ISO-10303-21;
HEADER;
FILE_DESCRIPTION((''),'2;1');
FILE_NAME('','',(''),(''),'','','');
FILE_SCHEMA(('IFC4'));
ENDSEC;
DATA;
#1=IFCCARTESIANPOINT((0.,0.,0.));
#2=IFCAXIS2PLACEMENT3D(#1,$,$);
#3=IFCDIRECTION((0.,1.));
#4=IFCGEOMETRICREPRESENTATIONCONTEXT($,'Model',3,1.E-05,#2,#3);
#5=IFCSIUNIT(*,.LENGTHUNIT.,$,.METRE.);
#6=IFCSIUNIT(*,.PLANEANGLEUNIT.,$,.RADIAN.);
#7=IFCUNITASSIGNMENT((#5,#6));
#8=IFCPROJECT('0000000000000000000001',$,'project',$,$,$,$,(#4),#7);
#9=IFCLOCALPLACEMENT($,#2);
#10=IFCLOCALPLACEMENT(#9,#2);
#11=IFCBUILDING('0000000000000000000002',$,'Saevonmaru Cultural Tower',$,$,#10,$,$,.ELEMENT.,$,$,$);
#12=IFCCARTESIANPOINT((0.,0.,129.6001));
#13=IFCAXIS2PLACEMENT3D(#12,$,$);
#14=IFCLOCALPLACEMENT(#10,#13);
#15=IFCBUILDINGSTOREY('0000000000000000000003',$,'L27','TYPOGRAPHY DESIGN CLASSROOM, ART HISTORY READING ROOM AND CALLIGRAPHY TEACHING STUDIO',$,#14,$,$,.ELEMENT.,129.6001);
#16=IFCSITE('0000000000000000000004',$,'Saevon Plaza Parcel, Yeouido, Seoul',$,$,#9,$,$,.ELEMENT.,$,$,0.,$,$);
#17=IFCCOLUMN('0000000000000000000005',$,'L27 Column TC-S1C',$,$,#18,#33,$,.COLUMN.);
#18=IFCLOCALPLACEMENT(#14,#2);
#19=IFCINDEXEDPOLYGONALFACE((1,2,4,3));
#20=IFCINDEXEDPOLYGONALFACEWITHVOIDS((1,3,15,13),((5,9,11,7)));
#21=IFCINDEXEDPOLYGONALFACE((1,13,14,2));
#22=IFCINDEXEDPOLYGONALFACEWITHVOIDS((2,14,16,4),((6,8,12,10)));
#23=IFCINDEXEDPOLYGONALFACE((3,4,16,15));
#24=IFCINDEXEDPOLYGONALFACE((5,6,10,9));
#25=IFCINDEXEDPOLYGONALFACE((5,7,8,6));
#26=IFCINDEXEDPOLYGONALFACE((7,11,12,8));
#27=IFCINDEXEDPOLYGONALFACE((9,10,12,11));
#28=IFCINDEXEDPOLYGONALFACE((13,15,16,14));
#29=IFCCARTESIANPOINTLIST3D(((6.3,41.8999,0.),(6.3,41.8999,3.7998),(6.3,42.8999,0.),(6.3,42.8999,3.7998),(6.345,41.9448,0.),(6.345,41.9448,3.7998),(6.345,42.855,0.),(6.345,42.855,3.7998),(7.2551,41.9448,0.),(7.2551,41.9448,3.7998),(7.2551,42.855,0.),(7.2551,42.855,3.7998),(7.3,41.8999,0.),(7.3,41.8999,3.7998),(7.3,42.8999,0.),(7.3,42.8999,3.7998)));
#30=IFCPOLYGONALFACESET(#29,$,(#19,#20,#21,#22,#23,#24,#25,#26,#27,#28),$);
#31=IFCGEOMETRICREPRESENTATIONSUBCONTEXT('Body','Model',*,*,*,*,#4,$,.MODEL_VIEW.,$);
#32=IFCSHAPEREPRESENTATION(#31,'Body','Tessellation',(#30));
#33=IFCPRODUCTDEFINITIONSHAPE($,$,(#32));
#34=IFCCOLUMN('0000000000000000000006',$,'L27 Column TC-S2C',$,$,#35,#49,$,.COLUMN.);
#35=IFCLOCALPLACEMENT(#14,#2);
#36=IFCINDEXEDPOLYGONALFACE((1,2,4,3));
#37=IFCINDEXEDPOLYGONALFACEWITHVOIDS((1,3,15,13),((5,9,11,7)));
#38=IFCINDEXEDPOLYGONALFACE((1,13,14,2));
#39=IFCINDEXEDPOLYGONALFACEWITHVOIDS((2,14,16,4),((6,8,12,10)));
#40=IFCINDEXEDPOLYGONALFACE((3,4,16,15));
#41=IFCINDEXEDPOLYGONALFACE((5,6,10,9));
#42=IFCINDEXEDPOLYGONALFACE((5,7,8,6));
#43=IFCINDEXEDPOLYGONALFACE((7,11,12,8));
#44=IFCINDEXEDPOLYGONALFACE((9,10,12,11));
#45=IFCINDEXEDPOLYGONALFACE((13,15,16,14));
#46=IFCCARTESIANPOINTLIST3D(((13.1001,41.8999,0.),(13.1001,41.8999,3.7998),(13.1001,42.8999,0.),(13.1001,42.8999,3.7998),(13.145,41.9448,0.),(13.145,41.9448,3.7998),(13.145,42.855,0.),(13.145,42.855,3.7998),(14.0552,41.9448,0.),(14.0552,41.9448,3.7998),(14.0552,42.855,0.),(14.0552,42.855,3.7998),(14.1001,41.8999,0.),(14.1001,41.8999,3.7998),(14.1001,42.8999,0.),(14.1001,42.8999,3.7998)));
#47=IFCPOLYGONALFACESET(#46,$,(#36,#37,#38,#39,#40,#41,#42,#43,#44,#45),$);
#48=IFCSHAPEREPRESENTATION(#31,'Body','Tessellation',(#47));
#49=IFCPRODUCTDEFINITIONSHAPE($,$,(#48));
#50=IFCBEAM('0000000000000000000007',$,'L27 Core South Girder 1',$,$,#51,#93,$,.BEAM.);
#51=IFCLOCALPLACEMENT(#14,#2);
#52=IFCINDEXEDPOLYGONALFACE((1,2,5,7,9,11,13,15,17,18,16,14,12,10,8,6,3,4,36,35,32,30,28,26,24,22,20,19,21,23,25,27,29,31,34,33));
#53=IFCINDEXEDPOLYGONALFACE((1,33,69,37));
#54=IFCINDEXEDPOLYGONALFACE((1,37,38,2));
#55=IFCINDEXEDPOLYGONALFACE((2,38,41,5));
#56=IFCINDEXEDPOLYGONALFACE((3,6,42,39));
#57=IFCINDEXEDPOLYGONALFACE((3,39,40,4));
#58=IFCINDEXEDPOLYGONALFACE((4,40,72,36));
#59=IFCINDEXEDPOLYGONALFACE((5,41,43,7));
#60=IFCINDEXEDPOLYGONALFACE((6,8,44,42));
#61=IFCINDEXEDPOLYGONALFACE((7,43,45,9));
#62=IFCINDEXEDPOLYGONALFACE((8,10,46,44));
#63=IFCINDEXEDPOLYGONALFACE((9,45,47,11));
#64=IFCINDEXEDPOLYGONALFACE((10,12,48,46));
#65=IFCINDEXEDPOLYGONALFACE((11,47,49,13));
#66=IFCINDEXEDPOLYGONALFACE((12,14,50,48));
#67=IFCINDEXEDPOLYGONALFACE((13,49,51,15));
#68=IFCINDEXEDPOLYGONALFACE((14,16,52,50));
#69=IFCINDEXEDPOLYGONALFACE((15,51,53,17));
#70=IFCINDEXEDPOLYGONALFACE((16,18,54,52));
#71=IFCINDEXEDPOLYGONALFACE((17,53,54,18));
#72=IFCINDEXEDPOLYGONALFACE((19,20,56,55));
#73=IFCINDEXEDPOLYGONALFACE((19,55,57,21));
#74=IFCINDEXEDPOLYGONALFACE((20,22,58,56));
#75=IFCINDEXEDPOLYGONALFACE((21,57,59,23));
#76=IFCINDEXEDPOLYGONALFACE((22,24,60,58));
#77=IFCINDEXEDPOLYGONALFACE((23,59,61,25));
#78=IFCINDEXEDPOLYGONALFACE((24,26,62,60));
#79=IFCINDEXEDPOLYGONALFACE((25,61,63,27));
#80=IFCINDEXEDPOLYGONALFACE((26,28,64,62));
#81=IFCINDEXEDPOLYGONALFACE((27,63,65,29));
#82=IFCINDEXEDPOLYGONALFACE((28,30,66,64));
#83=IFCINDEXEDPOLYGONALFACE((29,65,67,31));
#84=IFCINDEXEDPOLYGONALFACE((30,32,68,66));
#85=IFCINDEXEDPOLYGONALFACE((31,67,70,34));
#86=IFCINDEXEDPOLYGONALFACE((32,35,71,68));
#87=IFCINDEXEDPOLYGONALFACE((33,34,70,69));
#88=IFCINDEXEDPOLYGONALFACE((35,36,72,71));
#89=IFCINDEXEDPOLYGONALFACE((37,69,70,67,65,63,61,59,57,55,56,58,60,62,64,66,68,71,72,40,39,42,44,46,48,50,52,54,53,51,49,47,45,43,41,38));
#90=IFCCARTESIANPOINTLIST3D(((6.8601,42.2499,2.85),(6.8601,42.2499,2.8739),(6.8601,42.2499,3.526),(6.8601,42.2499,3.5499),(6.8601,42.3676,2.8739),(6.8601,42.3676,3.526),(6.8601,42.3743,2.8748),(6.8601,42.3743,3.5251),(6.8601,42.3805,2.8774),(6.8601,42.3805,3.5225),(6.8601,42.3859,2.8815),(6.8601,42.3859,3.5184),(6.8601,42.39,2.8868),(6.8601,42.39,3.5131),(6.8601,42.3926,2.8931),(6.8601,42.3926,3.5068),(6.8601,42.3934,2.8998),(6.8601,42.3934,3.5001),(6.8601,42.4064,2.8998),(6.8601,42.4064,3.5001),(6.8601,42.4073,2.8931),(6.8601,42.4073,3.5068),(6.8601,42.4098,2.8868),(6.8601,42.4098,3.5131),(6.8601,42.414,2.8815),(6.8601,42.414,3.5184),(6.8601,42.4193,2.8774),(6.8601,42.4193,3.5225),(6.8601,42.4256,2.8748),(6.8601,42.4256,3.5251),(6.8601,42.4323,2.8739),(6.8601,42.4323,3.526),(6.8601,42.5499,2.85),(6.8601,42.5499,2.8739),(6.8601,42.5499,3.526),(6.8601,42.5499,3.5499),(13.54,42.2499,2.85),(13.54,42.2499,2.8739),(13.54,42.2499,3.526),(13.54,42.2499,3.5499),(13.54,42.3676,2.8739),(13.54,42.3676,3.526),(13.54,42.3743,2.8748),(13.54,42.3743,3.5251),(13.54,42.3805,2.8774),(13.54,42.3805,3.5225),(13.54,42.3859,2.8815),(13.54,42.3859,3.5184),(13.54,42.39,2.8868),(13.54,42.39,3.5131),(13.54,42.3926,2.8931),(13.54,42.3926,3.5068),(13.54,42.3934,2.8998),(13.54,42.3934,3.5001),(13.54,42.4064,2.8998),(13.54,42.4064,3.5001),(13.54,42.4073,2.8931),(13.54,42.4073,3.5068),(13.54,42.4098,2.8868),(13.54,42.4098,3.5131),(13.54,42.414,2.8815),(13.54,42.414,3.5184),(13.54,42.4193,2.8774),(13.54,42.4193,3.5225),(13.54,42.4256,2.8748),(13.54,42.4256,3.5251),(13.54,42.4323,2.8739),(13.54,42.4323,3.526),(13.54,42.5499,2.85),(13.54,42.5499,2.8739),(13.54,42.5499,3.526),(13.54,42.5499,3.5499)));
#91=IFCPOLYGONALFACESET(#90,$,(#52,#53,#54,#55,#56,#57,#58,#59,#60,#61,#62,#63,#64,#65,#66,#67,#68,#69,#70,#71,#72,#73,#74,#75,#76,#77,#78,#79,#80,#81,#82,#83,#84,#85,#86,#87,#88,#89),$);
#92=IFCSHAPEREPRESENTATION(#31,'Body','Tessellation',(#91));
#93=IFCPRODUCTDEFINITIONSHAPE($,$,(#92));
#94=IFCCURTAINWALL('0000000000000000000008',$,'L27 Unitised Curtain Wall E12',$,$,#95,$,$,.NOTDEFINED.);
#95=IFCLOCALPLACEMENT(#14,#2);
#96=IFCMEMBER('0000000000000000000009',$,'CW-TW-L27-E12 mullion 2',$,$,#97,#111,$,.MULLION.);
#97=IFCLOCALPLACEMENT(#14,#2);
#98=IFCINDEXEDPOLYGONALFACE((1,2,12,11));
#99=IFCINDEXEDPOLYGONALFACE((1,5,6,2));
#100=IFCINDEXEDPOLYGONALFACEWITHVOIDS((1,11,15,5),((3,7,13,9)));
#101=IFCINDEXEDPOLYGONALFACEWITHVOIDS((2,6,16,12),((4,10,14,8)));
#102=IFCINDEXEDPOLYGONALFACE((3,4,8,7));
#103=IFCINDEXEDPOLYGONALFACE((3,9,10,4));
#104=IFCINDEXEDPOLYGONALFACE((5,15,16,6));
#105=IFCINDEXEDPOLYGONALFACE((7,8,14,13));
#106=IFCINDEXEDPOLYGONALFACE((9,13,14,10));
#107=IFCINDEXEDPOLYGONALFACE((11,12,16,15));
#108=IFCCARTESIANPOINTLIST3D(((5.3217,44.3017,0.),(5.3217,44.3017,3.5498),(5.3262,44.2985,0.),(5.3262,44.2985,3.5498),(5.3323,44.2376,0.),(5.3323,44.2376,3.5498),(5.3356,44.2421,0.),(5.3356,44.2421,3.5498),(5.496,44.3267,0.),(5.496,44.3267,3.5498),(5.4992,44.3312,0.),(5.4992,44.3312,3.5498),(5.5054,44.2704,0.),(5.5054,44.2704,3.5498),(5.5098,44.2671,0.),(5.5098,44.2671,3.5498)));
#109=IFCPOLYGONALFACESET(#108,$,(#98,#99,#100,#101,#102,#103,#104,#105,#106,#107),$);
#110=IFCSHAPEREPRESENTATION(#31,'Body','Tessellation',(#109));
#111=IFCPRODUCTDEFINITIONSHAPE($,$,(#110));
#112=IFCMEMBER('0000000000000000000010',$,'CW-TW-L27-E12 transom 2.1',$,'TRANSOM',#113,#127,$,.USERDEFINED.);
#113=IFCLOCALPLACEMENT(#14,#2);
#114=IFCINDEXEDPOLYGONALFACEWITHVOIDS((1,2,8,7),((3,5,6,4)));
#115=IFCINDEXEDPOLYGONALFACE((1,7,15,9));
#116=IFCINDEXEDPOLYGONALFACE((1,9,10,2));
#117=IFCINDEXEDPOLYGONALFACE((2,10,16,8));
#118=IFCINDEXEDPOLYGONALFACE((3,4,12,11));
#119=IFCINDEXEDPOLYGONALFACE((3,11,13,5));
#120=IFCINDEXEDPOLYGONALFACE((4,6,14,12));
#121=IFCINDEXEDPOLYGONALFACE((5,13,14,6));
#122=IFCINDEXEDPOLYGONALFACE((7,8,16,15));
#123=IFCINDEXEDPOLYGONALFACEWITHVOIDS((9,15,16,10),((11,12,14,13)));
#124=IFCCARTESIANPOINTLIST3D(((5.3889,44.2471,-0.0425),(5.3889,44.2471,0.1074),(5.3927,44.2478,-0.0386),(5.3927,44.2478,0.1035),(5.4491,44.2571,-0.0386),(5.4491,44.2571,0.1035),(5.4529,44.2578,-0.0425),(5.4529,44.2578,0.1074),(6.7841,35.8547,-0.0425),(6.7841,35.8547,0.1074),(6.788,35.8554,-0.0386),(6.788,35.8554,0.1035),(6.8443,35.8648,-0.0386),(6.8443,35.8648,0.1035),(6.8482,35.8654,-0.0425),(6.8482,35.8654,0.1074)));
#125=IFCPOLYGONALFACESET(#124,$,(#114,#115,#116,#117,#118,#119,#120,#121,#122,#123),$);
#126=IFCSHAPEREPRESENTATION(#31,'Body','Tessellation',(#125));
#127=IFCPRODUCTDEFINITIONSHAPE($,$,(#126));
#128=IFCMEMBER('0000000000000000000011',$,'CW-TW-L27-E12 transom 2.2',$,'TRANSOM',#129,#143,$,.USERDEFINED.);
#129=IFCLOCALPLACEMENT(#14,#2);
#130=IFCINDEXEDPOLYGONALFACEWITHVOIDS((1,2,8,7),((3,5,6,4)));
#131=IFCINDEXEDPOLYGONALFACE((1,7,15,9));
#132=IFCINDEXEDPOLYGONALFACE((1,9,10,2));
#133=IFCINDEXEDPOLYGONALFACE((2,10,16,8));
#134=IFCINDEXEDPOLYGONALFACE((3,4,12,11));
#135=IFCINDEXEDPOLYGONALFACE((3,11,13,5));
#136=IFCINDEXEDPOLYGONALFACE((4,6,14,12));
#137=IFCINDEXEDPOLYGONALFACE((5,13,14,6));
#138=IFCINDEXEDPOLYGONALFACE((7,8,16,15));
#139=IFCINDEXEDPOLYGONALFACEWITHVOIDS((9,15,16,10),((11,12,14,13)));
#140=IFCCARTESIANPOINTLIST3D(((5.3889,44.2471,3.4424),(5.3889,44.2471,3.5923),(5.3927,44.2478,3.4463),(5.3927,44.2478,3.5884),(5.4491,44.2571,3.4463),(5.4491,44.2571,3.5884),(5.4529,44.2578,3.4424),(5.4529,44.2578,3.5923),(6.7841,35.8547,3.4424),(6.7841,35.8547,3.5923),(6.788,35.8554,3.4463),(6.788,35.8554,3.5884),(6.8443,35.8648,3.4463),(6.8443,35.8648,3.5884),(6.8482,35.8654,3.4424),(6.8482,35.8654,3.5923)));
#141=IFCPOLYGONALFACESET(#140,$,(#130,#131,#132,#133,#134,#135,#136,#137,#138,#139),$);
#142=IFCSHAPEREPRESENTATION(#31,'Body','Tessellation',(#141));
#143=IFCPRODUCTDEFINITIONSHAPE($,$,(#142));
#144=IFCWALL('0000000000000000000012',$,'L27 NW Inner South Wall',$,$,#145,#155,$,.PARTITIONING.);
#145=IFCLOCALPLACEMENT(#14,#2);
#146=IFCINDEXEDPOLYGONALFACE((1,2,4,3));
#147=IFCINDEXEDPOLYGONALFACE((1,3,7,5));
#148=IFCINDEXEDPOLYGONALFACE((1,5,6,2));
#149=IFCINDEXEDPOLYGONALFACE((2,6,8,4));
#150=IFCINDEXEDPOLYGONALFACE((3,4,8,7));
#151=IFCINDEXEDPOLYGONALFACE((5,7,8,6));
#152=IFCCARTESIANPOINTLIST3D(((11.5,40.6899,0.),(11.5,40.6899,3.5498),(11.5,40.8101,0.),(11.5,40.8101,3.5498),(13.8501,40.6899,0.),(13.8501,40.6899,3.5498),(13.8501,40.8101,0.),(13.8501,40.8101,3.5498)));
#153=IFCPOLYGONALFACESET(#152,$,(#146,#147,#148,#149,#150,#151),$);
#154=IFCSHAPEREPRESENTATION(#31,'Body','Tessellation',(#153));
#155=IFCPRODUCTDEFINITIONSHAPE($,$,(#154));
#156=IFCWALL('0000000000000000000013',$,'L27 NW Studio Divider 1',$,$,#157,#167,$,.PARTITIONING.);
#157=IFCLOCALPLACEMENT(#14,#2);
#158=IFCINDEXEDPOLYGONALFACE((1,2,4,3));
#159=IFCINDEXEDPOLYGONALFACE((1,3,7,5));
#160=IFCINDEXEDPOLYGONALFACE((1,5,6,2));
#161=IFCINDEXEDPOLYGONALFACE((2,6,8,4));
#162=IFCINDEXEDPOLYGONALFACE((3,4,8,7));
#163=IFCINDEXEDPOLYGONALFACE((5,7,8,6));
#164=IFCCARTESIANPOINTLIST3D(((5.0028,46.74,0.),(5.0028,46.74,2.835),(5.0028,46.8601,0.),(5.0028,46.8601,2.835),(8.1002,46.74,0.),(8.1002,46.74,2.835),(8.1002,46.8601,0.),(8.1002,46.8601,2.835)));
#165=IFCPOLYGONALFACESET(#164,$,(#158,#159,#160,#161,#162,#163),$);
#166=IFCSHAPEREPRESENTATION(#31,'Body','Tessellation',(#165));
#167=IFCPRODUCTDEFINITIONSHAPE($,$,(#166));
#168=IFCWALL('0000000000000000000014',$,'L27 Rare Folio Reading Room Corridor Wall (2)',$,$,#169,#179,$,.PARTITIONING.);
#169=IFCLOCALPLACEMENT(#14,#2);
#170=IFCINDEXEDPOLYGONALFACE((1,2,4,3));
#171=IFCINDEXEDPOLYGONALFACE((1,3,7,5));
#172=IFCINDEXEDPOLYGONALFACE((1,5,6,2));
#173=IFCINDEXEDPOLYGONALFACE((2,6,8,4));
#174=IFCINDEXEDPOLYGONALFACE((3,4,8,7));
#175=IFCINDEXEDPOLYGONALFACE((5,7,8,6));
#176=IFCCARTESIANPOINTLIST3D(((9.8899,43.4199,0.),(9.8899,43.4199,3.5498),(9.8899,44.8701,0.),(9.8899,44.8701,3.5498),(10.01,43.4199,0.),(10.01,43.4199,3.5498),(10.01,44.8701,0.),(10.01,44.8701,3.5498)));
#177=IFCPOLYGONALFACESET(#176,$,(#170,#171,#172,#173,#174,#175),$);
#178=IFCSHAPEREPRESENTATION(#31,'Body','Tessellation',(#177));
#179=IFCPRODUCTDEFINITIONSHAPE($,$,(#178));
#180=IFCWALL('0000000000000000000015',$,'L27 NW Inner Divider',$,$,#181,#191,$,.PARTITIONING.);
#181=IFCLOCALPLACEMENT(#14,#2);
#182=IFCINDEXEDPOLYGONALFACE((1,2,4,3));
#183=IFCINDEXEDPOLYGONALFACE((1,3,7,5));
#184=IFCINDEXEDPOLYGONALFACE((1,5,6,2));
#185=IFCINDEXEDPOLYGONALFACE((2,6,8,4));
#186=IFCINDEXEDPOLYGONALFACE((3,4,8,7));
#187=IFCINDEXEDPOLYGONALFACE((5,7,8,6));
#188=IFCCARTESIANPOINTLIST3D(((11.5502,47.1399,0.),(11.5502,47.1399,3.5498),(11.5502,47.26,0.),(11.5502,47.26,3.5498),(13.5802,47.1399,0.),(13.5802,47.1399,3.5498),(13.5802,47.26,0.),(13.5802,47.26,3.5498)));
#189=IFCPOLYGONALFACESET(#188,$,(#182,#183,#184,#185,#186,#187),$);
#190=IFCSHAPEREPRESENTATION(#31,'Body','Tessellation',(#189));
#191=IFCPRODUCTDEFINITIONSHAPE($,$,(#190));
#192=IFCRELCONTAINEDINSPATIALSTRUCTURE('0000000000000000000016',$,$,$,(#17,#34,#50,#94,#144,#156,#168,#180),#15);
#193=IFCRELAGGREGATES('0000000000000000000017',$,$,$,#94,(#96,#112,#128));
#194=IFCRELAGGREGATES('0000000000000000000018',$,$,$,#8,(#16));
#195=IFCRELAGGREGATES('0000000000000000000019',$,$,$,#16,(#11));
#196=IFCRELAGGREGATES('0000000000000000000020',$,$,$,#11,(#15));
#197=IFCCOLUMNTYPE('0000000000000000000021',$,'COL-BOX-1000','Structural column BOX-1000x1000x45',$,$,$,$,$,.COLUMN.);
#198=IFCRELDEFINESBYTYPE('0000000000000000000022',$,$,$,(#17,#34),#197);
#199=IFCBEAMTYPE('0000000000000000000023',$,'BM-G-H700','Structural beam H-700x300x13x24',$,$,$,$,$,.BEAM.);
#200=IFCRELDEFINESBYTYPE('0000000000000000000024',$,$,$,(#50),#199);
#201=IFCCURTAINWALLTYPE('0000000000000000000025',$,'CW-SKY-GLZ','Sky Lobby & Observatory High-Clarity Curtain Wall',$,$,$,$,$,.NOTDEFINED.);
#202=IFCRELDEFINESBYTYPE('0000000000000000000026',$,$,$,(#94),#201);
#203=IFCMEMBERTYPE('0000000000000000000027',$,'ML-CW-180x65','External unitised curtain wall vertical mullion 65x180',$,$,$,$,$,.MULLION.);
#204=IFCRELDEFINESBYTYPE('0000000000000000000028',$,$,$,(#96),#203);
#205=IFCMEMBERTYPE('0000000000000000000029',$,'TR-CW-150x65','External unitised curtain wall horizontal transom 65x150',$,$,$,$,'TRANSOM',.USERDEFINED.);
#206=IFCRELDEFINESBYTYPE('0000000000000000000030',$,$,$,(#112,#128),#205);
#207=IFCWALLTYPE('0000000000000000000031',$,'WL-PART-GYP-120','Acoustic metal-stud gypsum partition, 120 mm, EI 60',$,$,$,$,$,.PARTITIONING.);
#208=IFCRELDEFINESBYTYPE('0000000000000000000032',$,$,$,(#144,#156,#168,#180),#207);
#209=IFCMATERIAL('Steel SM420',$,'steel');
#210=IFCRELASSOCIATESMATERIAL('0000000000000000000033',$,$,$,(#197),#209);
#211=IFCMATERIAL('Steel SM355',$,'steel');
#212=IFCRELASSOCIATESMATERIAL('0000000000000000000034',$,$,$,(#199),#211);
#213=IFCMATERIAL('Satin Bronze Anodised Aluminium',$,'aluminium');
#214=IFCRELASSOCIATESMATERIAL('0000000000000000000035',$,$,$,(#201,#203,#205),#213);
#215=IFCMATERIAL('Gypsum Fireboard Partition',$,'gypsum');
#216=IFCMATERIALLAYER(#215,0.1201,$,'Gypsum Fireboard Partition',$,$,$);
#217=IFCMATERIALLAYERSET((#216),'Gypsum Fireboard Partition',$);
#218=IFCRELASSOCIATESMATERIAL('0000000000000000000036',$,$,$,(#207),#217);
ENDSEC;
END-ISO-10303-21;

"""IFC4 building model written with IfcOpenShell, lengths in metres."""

from ifc_helpers import new_model, si_unit, direction, frame, frame_2d, origin, origin_2d, place, context, subcontext, project, spatial, rectangle, hollow_rectangle, i_section, extrude, material, layer, layer_set, material_profile, profile_set, type_object, element, aggregate, save


model = new_model("IFC4")

# Units and contexts
model_context = context("Model", 3, precision=1e-05, world=origin(), true_north=direction((0.0, 1.0)))
body_context = subcontext(model_context, "Body", "Model", "MODEL_VIEW")
ifc_project = project(units=[si_unit("LENGTHUNIT", "METRE"), si_unit("PLANEANGLEUNIT", "RADIAN")], contexts=[model_context])

# Site, building, storey
site_placement = place(None, origin())
site = spatial("IfcSite", under=ifc_project, at=site_placement, Name="Saevon Plaza Parcel, Yeouido, Seoul", CompositionType="ELEMENT", RefElevation=0.0)
building_placement = place(site_placement, origin())
building = spatial("IfcBuilding", under=site, at=building_placement, Name="Saevonmaru Cultural Tower", CompositionType="ELEMENT")
storey_placement = place(building_placement, frame((0.0, 0.0, 129.6001)))
storey = spatial("IfcBuildingStorey", under=building, at=storey_placement, Name="L27", Description="TYPOGRAPHY DESIGN CLASSROOM, ART HISTORY READING ROOM AND CALLIGRAPHY TEACHING STUDIO", CompositionType="ELEMENT", Elevation=129.6001)

# Columns
ifc_material_1 = material(Name="Steel SM420", Category="steel")
ifc_material_profile_1 = material_profile(ifc_material_1, hollow_rectangle(XDim=1.0, YDim=1.0, WallThickness=0.0449, at=origin_2d()), Name="BOX-1000x1000x45")
ifc_profile_set_1 = profile_set([ifc_material_profile_1], Name="Steel SM420")
column_type = type_object("IfcColumnType", Name="COL-BOX-1000", Description="Structural column BOX-1000x1000x45", PredefinedType="COLUMN", material=ifc_profile_set_1)
for number, where, z_axis, x_axis, name in (
    (1, (6.8, 42.3999, 0.0), (0.0, 0.0, 1.0), (1.0, 0.0, 0.0), "L27 Column TC-S1C"),
    (2, (13.6001, 42.3999, 0.0), (0.0, 0.0, 1.0), (1.0, 0.0, 0.0), "L27 Column TC-S2C"),
):
    element("IfcColumn", number, at=place(storey_placement, frame(where, z_axis=z_axis, x_axis=x_axis)), inside=storey, type_object=column_type, Name=name, PredefinedType="COLUMN", context=body_context, shape_type="SweptSolid", body=[
        extrude(hollow_rectangle(XDim=1.0, YDim=1.0, WallThickness=0.0449, at=origin_2d()), origin(), (0.0, 0.0, 1.0), 3.7998),
    ])

# Beam
ifc_material_2 = material(Name="Steel SM355", Category="steel")
ifc_material_profile_2 = material_profile(ifc_material_2, i_section(OverallWidth=0.3, OverallDepth=0.7, WebThickness=0.0129, FlangeThickness=0.0239, FilletRadius=0.0259, at=origin_2d()), Name="H-700x300x13x24")
ifc_profile_set_2 = profile_set([ifc_material_profile_2], Name="Steel SM355")
beam_type = type_object("IfcBeamType", Name="BM-G-H700", Description="Structural beam H-700x300x13x24", PredefinedType="BEAM", material=ifc_profile_set_2)
beam_placement = place(storey_placement, frame((6.8601, 42.3999, 3.2), z_axis=(1.0, 0.0, 0.0), x_axis=(0.0, 1.0, 0.0)))
element("IfcBeam", 3, at=beam_placement, inside=storey, type_object=beam_type, Name="L27 Core South Girder 1", PredefinedType="BEAM", context=body_context, shape_type="SweptSolid", body=[
    extrude(i_section(OverallWidth=0.3, OverallDepth=0.7, WebThickness=0.0129, FlangeThickness=0.0239, FilletRadius=0.0259, at=origin_2d()), origin(), (0.0, 0.0, 1.0), 6.6799),
])

# Curtain wall, members
ifc_material_3 = material(Name="Satin Bronze Anodised Aluminium", Category="aluminium")
curtain_wall_type = type_object("IfcCurtainWallType", Name="CW-SKY-GLZ", Description="Sky Lobby & Observatory High-Clarity Curtain Wall", PredefinedType="NOTDEFINED", material=ifc_material_3)
curtain_wall_placement = place(storey_placement, origin())
curtain_wall = element("IfcCurtainWall", 4, at=curtain_wall_placement, inside=storey, type_object=curtain_wall_type, Name="L27 Unitised Curtain Wall E12", PredefinedType="NOTDEFINED")
ifc_material_profile_3 = material_profile(ifc_material_3, hollow_rectangle(XDim=0.0649, YDim=0.1799, WallThickness=0.0039, at=origin_2d()), Name="ALU-MULL-180x65x4")
ifc_profile_set_3 = profile_set([ifc_material_profile_3], Name="Satin Bronze Anodised Aluminium")
member_type_1 = type_object("IfcMemberType", Name="ML-CW-180x65", Description="External unitised curtain wall vertical mullion 65x180", PredefinedType="MULLION", material=ifc_profile_set_3)
member_1_placement = place(storey_placement, frame((5.4158, 44.2844, 0.0), z_axis=(0.0, 0.0, 1.0), x_axis=(0.163999, -0.986461, 0.0)))
member_1 = element("IfcMember", 5, at=member_1_placement, type_object=member_type_1, Name="CW-TW-L27-E12 mullion 2", PredefinedType="MULLION", context=body_context, shape_type="SweptSolid", body=[
    extrude(hollow_rectangle(XDim=0.0649, YDim=0.1799, WallThickness=0.0039, at=origin_2d()), origin(), (0.0, 0.0, 1.0), 3.5498),
])
ifc_material_profile_4 = material_profile(ifc_material_3, hollow_rectangle(XDim=0.0649, YDim=0.1499, WallThickness=0.0039, at=origin_2d()), Name="ALU-TRAN-150x65x4")
ifc_profile_set_4 = profile_set([ifc_material_profile_4], Name="Satin Bronze Anodised Aluminium")
member_type_2 = type_object("IfcMemberType", Name="TR-CW-150x65", Description="External unitised curtain wall horizontal transom 65x150", ElementType="TRANSOM", PredefinedType="USERDEFINED", material=ifc_profile_set_4)
member_2_placement = place(storey_placement, frame((5.4209, 44.2524, 0.0325), z_axis=(0.164003, -0.98646, 0.0), x_axis=(0.98646, 0.164003, 0.0)))
member_2 = element("IfcMember", 6, at=member_2_placement, type_object=member_type_2, Name="CW-TW-L27-E12 transom 2.1", ObjectType="TRANSOM", PredefinedType="USERDEFINED", context=body_context, shape_type="SweptSolid", body=[
    extrude(hollow_rectangle(XDim=0.0649, YDim=0.1499, WallThickness=0.0039, at=origin_2d()), origin(), (0.0, 0.0, 1.0), 8.5076),
])
member_3_placement = place(storey_placement, frame((5.4209, 44.2524, 3.5173), z_axis=(0.164003, -0.98646, 0.0), x_axis=(0.98646, 0.164003, 0.0)))
member_3 = element("IfcMember", 7, at=member_3_placement, type_object=member_type_2, Name="CW-TW-L27-E12 transom 2.2", ObjectType="TRANSOM", PredefinedType="USERDEFINED", context=body_context, shape_type="SweptSolid", body=[
    extrude(hollow_rectangle(XDim=0.0649, YDim=0.1499, WallThickness=0.0039, at=origin_2d()), origin(), (0.0, 0.0, 1.0), 8.5076),
])
aggregate(curtain_wall, [member_1, member_2, member_3])

# Walls
ifc_material_4 = material(Name="Gypsum Fireboard Partition", Category="gypsum")
ifc_layer_1 = layer(ifc_material_4, 0.1201, Name="Gypsum Fireboard Partition")
ifc_layer_set_1 = layer_set([ifc_layer_1], Name="Gypsum Fireboard Partition")
wall_type_1 = type_object("IfcWallType", Name="WL-PART-GYP-120", Description="Acoustic metal-stud gypsum partition, 120 mm, EI 60", PredefinedType="PARTITIONING", material=ifc_layer_set_1)
wall_1_placement = place(storey_placement, frame((11.5, 40.75, 0.0), z_axis=(0.0, 0.0, 1.0), x_axis=(1.0, 0.0, 0.0)))
element("IfcWall", 8, at=wall_1_placement, inside=storey, type_object=wall_type_1, Name="L27 NW Inner South Wall", PredefinedType="PARTITIONING", context=body_context, shape_type="SweptSolid", body=[
    extrude(rectangle(XDim=2.3501, YDim=0.1201, at=frame_2d((1.175, 0.0))), origin(), (0.0, 0.0, 1.0), 3.5498),
])
wall_2_placement = place(storey_placement, frame((5.0027, 46.8, 0.0), z_axis=(0.0, 0.0, 1.0), x_axis=(1.0, 0.0, 0.0)))
element("IfcWall", 9, at=wall_2_placement, inside=storey, type_object=wall_type_1, Name="L27 NW Studio Divider 1", PredefinedType="PARTITIONING", context=body_context, shape_type="SweptSolid", body=[
    extrude(rectangle(XDim=3.0974, YDim=0.1201, at=frame_2d((1.5488, 0.0))), origin(), (0.0, 0.0, 1.0), 2.835),
])

# Walls
wall_3_placement = place(storey_placement, frame((9.95, 43.4199, 0.0), z_axis=(0.0, 0.0, 1.0), x_axis=(0.0, 1.0, 0.0)))
element("IfcWall", 10, at=wall_3_placement, inside=storey, type_object=wall_type_1, Name="L27 Rare Folio Reading Room Corridor Wall (2)", PredefinedType="PARTITIONING", context=body_context, shape_type="SweptSolid", body=[
    extrude(rectangle(XDim=1.4502, YDim=0.1201, at=frame_2d((0.7251, 0.0))), origin(), (0.0, 0.0, 1.0), 3.5498),
])
wall_4_placement = place(storey_placement, frame((11.55, 47.2, 0.0), z_axis=(0.0, 0.0, 1.0), x_axis=(1.0, 0.0, 0.0)))
element("IfcWall", 11, at=wall_4_placement, inside=storey, type_object=wall_type_1, Name="L27 NW Inner Divider", PredefinedType="PARTITIONING", context=body_context, shape_type="SweptSolid", body=[
    extrude(rectangle(XDim=2.03, YDim=0.1201, at=frame_2d((1.0151, 0.0))), origin(), (0.0, 0.0, 1.0), 3.5498),
])

save(model, "model.ifc")
